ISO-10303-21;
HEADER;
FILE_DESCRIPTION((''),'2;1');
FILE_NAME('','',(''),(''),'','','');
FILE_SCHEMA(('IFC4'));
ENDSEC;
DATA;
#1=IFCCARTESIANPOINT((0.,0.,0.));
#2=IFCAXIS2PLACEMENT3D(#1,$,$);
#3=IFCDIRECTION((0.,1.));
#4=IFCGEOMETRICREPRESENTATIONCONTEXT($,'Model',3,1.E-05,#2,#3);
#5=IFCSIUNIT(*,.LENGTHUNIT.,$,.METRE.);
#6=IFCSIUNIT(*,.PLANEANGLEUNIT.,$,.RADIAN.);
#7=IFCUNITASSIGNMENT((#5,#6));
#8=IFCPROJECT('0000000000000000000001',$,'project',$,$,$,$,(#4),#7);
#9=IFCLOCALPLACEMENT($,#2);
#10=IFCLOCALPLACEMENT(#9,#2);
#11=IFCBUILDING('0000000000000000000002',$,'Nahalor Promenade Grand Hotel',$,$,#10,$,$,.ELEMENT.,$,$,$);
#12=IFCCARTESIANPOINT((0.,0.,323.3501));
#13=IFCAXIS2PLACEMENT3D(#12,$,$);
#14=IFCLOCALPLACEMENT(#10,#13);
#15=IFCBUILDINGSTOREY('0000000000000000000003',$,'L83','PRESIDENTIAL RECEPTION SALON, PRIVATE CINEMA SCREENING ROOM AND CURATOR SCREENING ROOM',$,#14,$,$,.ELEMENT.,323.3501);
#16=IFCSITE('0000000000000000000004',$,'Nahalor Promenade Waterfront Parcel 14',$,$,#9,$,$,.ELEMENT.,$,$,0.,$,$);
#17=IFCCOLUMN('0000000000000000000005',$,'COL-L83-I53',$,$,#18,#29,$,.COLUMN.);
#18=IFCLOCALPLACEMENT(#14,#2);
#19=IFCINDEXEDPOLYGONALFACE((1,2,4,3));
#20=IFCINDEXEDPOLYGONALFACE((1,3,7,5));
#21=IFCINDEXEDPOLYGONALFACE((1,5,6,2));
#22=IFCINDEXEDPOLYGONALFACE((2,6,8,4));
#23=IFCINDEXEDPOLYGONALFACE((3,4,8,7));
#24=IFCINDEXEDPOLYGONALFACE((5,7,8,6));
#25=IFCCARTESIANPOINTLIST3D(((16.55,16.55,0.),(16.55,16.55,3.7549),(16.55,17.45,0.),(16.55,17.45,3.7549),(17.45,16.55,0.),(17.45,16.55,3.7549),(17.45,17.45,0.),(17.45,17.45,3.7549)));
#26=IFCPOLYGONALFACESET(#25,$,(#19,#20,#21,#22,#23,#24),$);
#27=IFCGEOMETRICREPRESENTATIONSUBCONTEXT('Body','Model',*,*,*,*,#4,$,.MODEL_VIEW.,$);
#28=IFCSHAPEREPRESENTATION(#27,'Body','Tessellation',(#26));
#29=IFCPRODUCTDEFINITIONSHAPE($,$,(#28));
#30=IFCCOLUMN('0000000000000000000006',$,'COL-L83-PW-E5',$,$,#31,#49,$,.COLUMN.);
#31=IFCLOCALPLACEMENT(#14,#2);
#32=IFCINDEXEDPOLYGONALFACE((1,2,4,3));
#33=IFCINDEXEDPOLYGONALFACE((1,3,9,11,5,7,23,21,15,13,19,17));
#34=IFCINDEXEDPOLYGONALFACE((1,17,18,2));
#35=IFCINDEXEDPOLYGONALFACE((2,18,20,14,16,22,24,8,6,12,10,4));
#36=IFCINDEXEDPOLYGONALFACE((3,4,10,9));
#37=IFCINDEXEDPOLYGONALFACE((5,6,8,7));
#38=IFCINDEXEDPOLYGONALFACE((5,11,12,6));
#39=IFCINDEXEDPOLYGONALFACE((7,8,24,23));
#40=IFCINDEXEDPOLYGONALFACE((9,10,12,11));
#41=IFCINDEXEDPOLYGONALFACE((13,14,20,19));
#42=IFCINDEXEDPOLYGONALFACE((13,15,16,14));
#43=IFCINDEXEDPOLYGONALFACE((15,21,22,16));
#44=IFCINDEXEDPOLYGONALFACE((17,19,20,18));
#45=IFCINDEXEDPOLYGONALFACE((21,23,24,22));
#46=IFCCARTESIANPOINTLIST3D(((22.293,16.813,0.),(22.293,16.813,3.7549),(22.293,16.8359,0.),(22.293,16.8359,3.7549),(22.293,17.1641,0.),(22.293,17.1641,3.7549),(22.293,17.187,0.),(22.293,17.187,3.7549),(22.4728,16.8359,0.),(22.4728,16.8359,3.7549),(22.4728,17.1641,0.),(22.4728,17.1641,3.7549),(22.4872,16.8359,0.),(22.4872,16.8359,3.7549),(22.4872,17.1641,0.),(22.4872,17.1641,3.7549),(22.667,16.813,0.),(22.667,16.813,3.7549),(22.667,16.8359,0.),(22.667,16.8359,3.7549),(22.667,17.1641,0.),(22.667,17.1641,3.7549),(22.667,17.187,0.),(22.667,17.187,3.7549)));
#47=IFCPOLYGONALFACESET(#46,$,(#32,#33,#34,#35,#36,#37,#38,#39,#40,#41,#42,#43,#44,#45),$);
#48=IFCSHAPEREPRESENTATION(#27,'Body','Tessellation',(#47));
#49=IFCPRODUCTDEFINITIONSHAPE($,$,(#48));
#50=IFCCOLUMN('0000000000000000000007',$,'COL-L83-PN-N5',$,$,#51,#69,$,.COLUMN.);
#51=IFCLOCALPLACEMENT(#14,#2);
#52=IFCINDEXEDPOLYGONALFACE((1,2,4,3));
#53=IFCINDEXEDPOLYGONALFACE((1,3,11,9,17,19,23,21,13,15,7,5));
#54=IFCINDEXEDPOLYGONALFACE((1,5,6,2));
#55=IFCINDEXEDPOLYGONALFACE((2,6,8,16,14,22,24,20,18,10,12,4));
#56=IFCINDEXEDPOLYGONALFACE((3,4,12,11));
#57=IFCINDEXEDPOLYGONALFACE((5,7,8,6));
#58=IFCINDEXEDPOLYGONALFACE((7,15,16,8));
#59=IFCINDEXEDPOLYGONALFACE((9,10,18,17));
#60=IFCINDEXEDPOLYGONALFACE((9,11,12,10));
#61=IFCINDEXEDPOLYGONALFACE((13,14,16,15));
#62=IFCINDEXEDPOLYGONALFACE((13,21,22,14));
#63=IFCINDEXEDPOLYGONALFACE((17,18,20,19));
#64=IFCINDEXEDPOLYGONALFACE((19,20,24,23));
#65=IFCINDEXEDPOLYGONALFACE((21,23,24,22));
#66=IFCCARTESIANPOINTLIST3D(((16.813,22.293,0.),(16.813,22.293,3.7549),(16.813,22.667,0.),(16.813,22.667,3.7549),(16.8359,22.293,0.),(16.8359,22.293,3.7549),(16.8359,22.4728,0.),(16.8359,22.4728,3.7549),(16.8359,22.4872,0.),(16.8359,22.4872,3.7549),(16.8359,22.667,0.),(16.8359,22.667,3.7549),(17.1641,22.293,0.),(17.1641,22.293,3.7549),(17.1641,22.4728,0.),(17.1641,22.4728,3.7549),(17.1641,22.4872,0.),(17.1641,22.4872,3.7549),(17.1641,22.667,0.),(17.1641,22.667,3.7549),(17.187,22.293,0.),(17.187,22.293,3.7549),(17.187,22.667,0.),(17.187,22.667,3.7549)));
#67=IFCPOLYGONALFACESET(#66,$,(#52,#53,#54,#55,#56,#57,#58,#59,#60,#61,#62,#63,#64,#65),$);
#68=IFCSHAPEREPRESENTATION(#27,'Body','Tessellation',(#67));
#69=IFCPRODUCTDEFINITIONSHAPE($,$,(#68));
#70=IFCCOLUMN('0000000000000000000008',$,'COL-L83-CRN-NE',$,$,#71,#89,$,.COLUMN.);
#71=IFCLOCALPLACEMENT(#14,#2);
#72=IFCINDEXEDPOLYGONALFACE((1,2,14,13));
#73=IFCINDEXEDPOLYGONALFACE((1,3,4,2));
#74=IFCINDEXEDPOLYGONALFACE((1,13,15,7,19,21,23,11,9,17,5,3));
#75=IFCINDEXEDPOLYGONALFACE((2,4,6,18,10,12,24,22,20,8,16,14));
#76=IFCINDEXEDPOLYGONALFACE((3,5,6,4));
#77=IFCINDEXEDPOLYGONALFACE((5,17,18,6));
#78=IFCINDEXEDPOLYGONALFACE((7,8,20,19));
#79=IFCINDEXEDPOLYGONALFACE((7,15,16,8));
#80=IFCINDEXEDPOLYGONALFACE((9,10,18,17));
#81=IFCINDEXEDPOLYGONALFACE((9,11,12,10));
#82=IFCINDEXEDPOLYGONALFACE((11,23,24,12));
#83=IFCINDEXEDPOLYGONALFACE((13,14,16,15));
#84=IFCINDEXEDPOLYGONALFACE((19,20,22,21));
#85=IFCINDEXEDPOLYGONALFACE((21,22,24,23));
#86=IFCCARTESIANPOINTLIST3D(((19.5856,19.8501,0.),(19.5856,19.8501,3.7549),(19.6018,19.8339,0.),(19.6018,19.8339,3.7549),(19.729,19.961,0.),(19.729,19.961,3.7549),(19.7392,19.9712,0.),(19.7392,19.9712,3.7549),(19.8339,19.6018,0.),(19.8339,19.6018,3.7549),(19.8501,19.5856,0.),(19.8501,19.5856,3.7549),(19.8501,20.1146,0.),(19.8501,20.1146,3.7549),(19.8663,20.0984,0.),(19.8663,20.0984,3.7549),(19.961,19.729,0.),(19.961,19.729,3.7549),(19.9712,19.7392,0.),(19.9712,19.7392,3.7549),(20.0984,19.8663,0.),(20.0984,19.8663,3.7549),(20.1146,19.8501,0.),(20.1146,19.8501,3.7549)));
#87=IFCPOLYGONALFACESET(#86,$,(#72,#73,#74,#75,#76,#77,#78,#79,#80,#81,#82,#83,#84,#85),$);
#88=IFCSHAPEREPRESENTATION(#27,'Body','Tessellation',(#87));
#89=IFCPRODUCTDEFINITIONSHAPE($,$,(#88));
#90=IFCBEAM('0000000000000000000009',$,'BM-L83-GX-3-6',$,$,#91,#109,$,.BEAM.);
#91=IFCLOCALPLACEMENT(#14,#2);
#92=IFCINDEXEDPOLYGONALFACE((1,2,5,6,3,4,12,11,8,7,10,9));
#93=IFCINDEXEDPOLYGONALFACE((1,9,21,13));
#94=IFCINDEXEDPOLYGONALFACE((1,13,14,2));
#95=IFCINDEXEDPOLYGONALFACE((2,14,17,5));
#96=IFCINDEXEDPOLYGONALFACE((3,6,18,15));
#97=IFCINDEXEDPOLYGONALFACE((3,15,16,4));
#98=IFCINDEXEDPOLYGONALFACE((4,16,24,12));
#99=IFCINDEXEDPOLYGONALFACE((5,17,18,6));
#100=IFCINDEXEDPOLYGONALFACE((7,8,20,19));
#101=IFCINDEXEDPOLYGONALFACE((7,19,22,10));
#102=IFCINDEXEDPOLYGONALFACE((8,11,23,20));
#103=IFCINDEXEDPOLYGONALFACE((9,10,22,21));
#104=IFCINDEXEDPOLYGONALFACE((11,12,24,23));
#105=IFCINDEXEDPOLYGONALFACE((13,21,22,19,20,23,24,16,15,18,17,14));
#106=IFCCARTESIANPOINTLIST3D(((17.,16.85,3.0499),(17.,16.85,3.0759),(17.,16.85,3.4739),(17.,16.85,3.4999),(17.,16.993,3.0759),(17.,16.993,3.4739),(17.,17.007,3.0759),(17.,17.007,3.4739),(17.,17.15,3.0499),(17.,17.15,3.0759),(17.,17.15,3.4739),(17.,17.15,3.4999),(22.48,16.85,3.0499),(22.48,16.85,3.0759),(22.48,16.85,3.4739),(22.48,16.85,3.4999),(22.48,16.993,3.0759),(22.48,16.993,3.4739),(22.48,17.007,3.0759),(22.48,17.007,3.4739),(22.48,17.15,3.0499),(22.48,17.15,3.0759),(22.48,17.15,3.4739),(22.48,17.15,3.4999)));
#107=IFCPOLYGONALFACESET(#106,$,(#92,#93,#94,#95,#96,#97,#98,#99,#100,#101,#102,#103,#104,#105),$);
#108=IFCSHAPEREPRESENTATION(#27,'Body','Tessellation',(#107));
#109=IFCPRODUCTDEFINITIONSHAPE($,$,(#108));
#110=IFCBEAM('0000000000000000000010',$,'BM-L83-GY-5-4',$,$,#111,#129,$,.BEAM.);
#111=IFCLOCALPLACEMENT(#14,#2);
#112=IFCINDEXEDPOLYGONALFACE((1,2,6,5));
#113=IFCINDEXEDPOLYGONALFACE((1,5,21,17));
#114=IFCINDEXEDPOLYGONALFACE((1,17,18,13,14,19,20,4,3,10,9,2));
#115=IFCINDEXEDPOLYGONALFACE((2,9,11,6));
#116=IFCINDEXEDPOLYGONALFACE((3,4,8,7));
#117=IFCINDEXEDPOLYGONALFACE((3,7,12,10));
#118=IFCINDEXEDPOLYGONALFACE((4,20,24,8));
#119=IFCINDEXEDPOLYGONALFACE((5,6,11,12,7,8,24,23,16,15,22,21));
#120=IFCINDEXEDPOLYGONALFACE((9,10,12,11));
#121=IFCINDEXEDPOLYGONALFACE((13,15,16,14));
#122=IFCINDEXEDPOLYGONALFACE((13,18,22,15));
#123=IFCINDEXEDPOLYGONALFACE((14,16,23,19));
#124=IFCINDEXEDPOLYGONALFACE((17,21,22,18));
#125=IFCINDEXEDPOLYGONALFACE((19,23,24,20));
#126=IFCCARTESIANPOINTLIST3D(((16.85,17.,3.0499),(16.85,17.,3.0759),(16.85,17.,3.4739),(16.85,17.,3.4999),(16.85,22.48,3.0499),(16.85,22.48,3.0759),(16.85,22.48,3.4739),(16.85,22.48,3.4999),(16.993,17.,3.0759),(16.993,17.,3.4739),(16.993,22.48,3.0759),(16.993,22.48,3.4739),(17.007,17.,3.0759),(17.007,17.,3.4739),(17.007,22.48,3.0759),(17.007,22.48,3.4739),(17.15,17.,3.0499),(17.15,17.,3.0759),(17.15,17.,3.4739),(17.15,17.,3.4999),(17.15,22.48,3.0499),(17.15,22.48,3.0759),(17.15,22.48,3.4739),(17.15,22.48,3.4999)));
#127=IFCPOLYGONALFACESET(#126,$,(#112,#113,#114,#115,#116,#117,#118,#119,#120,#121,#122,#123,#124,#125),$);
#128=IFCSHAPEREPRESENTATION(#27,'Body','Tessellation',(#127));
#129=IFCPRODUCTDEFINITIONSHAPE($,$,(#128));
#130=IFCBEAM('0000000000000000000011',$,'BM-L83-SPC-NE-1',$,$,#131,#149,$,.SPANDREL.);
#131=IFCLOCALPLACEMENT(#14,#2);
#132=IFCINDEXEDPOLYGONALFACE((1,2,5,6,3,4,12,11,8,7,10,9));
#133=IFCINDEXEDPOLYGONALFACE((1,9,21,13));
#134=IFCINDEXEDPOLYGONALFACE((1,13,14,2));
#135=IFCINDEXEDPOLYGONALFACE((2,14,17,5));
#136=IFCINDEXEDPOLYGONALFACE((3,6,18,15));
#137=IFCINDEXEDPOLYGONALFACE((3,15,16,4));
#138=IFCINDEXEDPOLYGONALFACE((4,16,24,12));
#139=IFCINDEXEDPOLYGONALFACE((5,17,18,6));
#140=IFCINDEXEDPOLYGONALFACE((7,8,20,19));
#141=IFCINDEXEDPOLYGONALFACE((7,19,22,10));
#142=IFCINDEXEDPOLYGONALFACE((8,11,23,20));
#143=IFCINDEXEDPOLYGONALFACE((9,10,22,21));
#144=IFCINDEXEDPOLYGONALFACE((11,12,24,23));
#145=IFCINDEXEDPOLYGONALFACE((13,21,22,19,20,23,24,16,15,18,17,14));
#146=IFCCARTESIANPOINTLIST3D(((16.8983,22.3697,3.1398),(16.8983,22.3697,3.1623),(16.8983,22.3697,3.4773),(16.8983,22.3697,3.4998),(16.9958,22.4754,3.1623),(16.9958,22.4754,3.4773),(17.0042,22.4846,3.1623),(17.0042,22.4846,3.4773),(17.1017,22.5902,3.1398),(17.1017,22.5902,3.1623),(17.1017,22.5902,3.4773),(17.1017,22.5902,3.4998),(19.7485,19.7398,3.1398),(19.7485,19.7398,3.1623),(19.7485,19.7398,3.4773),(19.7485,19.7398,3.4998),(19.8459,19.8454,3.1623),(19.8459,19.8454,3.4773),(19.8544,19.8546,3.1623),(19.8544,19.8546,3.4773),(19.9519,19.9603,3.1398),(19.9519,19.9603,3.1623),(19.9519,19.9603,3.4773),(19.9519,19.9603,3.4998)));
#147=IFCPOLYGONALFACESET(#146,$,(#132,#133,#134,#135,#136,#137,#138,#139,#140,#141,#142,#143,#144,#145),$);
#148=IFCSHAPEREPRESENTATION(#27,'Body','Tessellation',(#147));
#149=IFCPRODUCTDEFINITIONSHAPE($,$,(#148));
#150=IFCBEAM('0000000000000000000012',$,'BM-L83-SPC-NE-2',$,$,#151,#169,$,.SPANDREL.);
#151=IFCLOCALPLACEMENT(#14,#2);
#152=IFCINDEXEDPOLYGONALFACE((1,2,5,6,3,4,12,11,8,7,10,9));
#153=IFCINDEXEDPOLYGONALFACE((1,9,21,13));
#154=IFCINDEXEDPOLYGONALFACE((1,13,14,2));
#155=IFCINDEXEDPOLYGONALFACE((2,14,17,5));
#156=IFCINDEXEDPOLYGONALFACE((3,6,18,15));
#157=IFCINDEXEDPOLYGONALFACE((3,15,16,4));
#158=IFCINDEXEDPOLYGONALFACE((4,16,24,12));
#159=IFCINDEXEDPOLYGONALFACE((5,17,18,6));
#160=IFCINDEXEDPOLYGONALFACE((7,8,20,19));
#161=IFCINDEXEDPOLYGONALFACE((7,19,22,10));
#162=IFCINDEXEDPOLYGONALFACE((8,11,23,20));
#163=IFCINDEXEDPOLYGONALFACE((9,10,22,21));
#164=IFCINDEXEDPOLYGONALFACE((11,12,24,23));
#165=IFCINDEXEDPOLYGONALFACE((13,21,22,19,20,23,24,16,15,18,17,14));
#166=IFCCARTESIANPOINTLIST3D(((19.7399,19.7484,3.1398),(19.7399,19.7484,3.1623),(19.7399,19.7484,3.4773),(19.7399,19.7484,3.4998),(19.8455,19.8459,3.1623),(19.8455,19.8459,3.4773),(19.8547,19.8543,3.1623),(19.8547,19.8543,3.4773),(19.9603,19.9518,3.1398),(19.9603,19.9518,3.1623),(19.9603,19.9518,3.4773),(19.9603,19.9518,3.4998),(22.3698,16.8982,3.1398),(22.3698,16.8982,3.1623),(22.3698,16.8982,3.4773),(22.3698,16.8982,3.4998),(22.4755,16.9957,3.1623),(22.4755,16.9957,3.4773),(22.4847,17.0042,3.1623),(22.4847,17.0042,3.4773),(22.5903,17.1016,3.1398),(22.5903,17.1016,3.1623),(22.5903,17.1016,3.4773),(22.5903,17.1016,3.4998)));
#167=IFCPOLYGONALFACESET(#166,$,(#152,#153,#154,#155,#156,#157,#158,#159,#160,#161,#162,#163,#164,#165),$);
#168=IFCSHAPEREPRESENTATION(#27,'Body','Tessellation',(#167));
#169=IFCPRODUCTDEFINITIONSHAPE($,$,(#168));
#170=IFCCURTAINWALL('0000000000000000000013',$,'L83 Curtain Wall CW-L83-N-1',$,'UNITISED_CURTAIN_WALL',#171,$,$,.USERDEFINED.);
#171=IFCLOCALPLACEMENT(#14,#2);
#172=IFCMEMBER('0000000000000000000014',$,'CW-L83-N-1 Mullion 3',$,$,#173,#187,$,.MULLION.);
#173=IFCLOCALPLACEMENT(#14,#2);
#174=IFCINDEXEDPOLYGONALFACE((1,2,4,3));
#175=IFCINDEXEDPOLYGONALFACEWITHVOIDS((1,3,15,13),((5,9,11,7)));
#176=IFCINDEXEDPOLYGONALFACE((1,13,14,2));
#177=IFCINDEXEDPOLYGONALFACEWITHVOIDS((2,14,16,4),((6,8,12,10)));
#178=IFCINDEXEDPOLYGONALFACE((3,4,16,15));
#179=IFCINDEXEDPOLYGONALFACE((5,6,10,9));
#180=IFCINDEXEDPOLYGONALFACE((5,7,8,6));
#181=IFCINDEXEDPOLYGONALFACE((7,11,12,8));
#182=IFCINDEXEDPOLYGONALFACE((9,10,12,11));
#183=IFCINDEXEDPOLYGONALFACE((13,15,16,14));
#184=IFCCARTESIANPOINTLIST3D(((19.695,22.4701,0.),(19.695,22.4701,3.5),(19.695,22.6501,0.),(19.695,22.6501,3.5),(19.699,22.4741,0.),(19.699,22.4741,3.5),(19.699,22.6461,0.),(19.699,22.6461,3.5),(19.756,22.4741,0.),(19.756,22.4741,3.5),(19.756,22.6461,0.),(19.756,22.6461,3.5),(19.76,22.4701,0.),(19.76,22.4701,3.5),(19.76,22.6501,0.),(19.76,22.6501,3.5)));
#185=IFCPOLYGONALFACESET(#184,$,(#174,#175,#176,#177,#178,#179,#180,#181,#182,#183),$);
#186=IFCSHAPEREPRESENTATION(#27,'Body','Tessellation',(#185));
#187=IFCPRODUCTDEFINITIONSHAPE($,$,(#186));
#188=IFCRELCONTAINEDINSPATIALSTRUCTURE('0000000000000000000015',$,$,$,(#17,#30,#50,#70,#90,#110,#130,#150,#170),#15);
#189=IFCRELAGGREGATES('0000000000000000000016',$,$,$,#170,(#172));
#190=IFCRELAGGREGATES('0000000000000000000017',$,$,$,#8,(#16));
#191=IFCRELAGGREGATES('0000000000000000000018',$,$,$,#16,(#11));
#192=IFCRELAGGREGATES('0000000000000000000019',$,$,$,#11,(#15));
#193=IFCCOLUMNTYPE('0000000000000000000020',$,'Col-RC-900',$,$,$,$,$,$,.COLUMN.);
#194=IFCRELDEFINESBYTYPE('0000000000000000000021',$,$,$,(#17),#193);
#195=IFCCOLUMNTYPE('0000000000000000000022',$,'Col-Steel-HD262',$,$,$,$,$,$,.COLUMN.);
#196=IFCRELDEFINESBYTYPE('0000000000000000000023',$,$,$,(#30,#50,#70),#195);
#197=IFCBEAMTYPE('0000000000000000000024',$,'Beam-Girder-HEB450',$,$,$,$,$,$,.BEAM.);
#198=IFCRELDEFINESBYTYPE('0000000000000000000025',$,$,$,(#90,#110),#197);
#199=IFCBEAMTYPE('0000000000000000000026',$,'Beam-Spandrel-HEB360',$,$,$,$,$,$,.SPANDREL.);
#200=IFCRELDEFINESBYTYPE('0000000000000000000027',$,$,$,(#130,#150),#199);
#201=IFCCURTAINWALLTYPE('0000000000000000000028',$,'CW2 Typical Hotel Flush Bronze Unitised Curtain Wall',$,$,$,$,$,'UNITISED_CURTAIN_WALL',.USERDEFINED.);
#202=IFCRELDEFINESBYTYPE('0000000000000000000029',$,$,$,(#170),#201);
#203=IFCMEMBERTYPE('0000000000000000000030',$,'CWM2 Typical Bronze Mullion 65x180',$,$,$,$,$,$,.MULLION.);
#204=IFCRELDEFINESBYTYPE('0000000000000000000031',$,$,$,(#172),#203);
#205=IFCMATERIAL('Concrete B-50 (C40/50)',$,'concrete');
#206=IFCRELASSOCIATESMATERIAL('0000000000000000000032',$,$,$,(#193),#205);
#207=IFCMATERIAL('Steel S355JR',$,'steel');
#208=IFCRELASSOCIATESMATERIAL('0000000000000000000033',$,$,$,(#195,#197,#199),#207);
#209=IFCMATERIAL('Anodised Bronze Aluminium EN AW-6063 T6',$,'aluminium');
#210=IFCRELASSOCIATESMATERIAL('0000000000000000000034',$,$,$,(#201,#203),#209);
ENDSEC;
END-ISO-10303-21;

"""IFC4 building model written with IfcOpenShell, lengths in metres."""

from ifc_helpers import new_model, si_unit, direction, frame, origin, origin_2d, place, context, subcontext, project, spatial, rectangle, hollow_rectangle, i_section, extrude, source, transform, mapped, material, material_profile, profile_set, type_object, element, aggregate, save


model = new_model("IFC4")

# Units and contexts
model_context = context("Model", 3, precision=1e-05, world=origin(), true_north=direction((0.0, 1.0)))
body_context = subcontext(model_context, "Body", "Model", "MODEL_VIEW")
ifc_project = project(units=[si_unit("LENGTHUNIT", "METRE"), si_unit("PLANEANGLEUNIT", "RADIAN")], contexts=[model_context])

# Site, building, storey
site_placement = place(None, origin())
site = spatial("IfcSite", under=ifc_project, at=site_placement, Name="Nahalor Promenade Waterfront Parcel 14", CompositionType="ELEMENT", RefElevation=0.0)
building_placement = place(site_placement, origin())
building = spatial("IfcBuilding", under=site, at=building_placement, Name="Nahalor Promenade Grand Hotel", CompositionType="ELEMENT")
storey_placement = place(building_placement, frame((0.0, 0.0, 323.3501)))
storey = spatial("IfcBuildingStorey", under=building, at=storey_placement, Name="L83", Description="PRESIDENTIAL RECEPTION SALON, PRIVATE CINEMA SCREENING ROOM AND CURATOR SCREENING ROOM", CompositionType="ELEMENT", Elevation=323.3501)

# Columns
ifc_material_1 = material(Name="Concrete B-50 (C40/50)", Category="concrete")
ifc_material_profile_1 = material_profile(ifc_material_1, rectangle(XDim=0.9, YDim=0.9, at=origin_2d()), Name="RC 900x900")
ifc_profile_set_1 = profile_set([ifc_material_profile_1], Name="Concrete B-50 (C40/50)")
column_type_1 = type_object("IfcColumnType", Name="Col-RC-900", PredefinedType="COLUMN", material=ifc_profile_set_1)
shared_shape_1 = source(origin(), body_context, "Body", "SweptSolid", [
    extrude(rectangle(XDim=0.9, YDim=0.9, at=origin_2d()), origin(), (0.0, 0.0, 1.0), 3.7549),
])
column_placement = place(storey_placement, frame((17.0, 17.0, 0.0), z_axis=(0.0, 0.0, 1.0), x_axis=(1.0, 0.0, 0.0)))
element("IfcColumn", 1, at=column_placement, inside=storey, type_object=column_type_1, Name="COL-L83-I53", PredefinedType="COLUMN", context=body_context, shape_type="MappedRepresentation", body=[
    mapped(shared_shape_1, transform((0.0, 0.0, 0.0), scale=1.0)),
])
ifc_material_2 = material(Name="Steel S355JR", Category="steel")
ifc_material_profile_2 = material_profile(ifc_material_2, i_section(OverallWidth=0.374, OverallDepth=0.374, WebThickness=0.0144, FlangeThickness=0.0229, at=origin_2d()), Name="HD 360x262")
ifc_profile_set_2 = profile_set([ifc_material_profile_2], Name="Steel S355JR")
column_type_2 = type_object("IfcColumnType", Name="Col-Steel-HD262", PredefinedType="COLUMN", material=ifc_profile_set_2)
shared_shape_2 = source(origin(), body_context, "Body", "SweptSolid", [
    extrude(i_section(OverallWidth=0.374, OverallDepth=0.374, WebThickness=0.0144, FlangeThickness=0.0229, at=origin_2d()), origin(), (0.0, 0.0, 1.0), 3.7549),
])
for number, where, z_axis, x_axis, name in (
    (2, (22.48, 17.0, 0.0), (0.0, 0.0, 1.0), (1.0, 0.0, 0.0), "COL-L83-PW-E5"),
    (3, (17.0, 22.48, 0.0), (0.0, 0.0, 1.0), (0.0, 1.0, 0.0), "COL-L83-PN-N5"),
    (4, (19.8501, 19.8501, 0.0), (0.0, 0.0, 1.0), (0.707107, 0.707107, 0.0), "COL-L83-CRN-NE"),
):
    element("IfcColumn", number, at=place(storey_placement, frame(where, z_axis=z_axis, x_axis=x_axis)), inside=storey, type_object=column_type_2, Name=name, PredefinedType="COLUMN", context=body_context, shape_type="MappedRepresentation", body=[
        mapped(shared_shape_2, transform((0.0, 0.0, 0.0), scale=1.0)),
    ])

# Beams
ifc_material_profile_3 = material_profile(ifc_material_2, i_section(OverallWidth=0.3, OverallDepth=0.45, WebThickness=0.014, FlangeThickness=0.026, at=origin_2d()), Name="HEB 450")
ifc_profile_set_3 = profile_set([ifc_material_profile_3], Name="Steel S355JR")
beam_type_1 = type_object("IfcBeamType", Name="Beam-Girder-HEB450", PredefinedType="BEAM", material=ifc_profile_set_3)
shared_shape_3 = source(origin(), body_context, "Body", "SweptSolid", [
    extrude(i_section(OverallWidth=0.3, OverallDepth=0.45, WebThickness=0.014, FlangeThickness=0.026, at=origin_2d()), origin(), (0.0, 0.0, 1.0), 5.48),
])
for number, where, z_axis, x_axis, name in (
    (5, (17.0, 17.0, 3.2749), (1.0, 0.0, 0.0), (0.0, 1.0, 0.0), "BM-L83-GX-3-6"),
    (6, (17.0, 17.0, 3.2749), (0.0, 1.0, 0.0), (-1.0, 0.0, 0.0), "BM-L83-GY-5-4"),
):
    element("IfcBeam", number, at=place(storey_placement, frame(where, z_axis=z_axis, x_axis=x_axis)), inside=storey, type_object=beam_type_1, Name=name, PredefinedType="BEAM", context=body_context, shape_type="MappedRepresentation", body=[
        mapped(shared_shape_3, transform((0.0, 0.0, 0.0), scale=1.0)),
    ])
ifc_material_profile_4 = material_profile(ifc_material_2, i_section(OverallWidth=0.3, OverallDepth=0.36, WebThickness=0.0125, FlangeThickness=0.0225, at=origin_2d()), Name="HEB 360")
ifc_profile_set_4 = profile_set([ifc_material_profile_4], Name="Steel S355JR")
beam_type_2 = type_object("IfcBeamType", Name="Beam-Spandrel-HEB360", PredefinedType="SPANDREL", material=ifc_profile_set_4)
shared_shape_4 = source(origin(), body_context, "Body", "SweptSolid", [
    extrude(i_section(OverallWidth=0.3, OverallDepth=0.36, WebThickness=0.0125, FlangeThickness=0.0225, at=origin_2d()), origin(), (0.0, 0.0, 1.0), 3.8782),
])
for number, where, z_axis, x_axis, name in (
    (7, (17.0, 22.48, 3.3198), (0.734929, -0.678144, 0.0), (0.678144, 0.734929, 0.0), "BM-L83-SPC-NE-1"),
    (8, (19.8501, 19.8501, 3.3198), (0.678144, -0.734929, 0.0), (0.734929, 0.678144, 0.0), "BM-L83-SPC-NE-2"),
):
    element("IfcBeam", number, at=place(storey_placement, frame(where, z_axis=z_axis, x_axis=x_axis)), inside=storey, type_object=beam_type_2, Name=name, PredefinedType="SPANDREL", context=body_context, shape_type="MappedRepresentation", body=[
        mapped(shared_shape_4, transform((0.0, 0.0, 0.0), scale=1.0)),
    ])

# Curtain wall, member
ifc_material_3 = material(Name="Anodised Bronze Aluminium EN AW-6063 T6", Category="aluminium")
curtain_wall_type = type_object("IfcCurtainWallType", Name="CW2 Typical Hotel Flush Bronze Unitised Curtain Wall", ElementType="UNITISED_CURTAIN_WALL", PredefinedType="USERDEFINED", material=ifc_material_3)
curtain_wall_1_placement = place(storey_placement, origin())
curtain_wall_1 = element("IfcCurtainWall", 9, at=curtain_wall_1_placement, inside=storey, type_object=curtain_wall_type, Name="L83 Curtain Wall CW-L83-N-1", ObjectType="UNITISED_CURTAIN_WALL", PredefinedType="USERDEFINED")
ifc_material_profile_5 = material_profile(ifc_material_3, hollow_rectangle(XDim=0.065, YDim=0.18, WallThickness=0.004, at=origin_2d()), Name="CWM 65x180x4")
ifc_profile_set_5 = profile_set([ifc_material_profile_5], Name="Anodised Bronze Aluminium EN AW-6063 T6")
member_type = type_object("IfcMemberType", Name="CWM2 Typical Bronze Mullion 65x180", PredefinedType="MULLION", material=ifc_profile_set_5)
shared_shape_5 = source(origin(), body_context, "Body", "SweptSolid", [
    extrude(hollow_rectangle(XDim=0.065, YDim=0.18, WallThickness=0.004, at=origin_2d()), origin(), (0.0, 0.0, 1.0), 3.5),
])
member_1_placement = place(storey_placement, frame((19.7275, 22.5601, 0.0), z_axis=(0.0, 0.0, 1.0), x_axis=(1.0, 0.0, 0.0)))
member_1 = element("IfcMember", 10, at=member_1_placement, type_object=member_type, Name="CW-L83-N-1 Mullion 3", PredefinedType="MULLION", context=body_context, shape_type="MappedRepresentation", body=[
    mapped(shared_shape_5, transform((0.0, 0.0, 0.0), scale=1.0)),
])

aggregate(curtain_wall_1, [member_1])

save(model, "model.ifc")
